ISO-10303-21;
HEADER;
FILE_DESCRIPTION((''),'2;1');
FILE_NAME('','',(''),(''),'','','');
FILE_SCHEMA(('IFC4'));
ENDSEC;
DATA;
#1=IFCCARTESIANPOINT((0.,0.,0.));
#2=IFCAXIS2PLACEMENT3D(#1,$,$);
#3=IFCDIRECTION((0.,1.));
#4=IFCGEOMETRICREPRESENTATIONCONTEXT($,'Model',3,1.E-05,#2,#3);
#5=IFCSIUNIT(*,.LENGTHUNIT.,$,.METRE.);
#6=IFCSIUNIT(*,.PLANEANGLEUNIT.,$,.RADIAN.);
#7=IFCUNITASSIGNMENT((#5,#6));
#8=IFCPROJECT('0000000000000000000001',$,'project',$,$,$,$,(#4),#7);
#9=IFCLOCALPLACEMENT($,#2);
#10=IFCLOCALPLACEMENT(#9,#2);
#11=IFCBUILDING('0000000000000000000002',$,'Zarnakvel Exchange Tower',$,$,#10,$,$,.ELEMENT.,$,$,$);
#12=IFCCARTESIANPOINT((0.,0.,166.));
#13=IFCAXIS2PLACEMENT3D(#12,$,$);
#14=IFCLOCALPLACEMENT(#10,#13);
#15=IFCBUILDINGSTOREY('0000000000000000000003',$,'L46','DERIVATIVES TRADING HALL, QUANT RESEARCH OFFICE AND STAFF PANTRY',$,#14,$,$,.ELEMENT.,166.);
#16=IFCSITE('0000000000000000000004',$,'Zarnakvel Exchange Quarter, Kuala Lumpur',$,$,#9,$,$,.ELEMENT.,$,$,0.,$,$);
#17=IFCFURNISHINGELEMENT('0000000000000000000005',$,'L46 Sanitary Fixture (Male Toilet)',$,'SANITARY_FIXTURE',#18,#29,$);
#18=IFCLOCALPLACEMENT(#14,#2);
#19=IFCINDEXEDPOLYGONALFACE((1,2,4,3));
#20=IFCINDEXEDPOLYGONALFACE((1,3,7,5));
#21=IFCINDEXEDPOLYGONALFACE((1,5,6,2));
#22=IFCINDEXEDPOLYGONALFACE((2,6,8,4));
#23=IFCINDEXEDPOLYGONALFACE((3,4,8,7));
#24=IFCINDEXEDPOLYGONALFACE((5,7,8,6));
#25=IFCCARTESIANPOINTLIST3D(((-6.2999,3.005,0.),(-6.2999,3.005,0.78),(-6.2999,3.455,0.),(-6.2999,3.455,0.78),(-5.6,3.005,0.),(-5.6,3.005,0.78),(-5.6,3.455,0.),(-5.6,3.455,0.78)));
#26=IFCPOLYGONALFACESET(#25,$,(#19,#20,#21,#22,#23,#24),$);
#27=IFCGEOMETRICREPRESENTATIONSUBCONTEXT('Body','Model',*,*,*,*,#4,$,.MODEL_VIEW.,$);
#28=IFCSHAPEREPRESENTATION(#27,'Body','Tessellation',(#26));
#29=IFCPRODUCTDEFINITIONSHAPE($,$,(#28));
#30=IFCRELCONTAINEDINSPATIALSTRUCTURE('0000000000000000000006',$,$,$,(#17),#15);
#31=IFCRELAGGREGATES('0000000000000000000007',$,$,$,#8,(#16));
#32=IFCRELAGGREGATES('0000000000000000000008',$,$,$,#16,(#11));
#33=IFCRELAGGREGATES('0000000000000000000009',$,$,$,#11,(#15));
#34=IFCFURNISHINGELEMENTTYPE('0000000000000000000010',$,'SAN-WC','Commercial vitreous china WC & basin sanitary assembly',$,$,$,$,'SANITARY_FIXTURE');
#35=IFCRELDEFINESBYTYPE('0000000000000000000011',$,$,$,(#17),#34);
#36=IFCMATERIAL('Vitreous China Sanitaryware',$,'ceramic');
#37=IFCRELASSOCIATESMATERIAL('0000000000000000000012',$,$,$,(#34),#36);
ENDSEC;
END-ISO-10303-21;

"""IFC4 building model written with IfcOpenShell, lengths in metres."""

from ifc_helpers import new_model, si_unit, direction, frame, origin, origin_2d, place, context, subcontext, project, spatial, rectangle, extrude, source, transform, mapped, material, type_object, element, save


model = new_model("IFC4")

# Units and contexts
model_context = context("Model", 3, precision=1e-05, world=origin(), true_north=direction((0.0, 1.0)))
body_context = subcontext(model_context, "Body", "Model", "MODEL_VIEW")
ifc_project = project(units=[si_unit("LENGTHUNIT", "METRE"), si_unit("PLANEANGLEUNIT", "RADIAN")], contexts=[model_context])

# Site, building, storey
site_placement = place(None, origin())
site = spatial("IfcSite", under=ifc_project, at=site_placement, Name="Zarnakvel Exchange Quarter, Kuala Lumpur", CompositionType="ELEMENT", RefElevation=0.0)
building_placement = place(site_placement, origin())
building = spatial("IfcBuilding", under=site, at=building_placement, Name="Zarnakvel Exchange Tower", CompositionType="ELEMENT")
storey_placement = place(building_placement, frame((0.0, 0.0, 166.0)))
storey = spatial("IfcBuildingStorey", under=building, at=storey_placement, Name="L46", Description="DERIVATIVES TRADING HALL, QUANT RESEARCH OFFICE AND STAFF PANTRY", CompositionType="ELEMENT", Elevation=166.0)

# Furnishing element
ifc_material_1 = material(Name="Vitreous China Sanitaryware", Category="ceramic")
furnishing_element_type = type_object("IfcFurnishingElementType", Name="SAN-WC", Description="Commercial vitreous china WC & basin sanitary assembly", ElementType="SANITARY_FIXTURE", material=ifc_material_1)
shared_shape_1 = source(origin(), body_context, "Body", "SweptSolid", [
    extrude(rectangle(XDim=0.7, YDim=0.45, at=origin_2d()), origin(), (0.0, 0.0, 1.0), 0.78),
])
furnishing_placement = place(storey_placement, frame((-5.95, 3.23, 0.0), z_axis=(0.0, 0.0, 1.0), x_axis=(1.0, 0.0, 0.0)))
element("IfcFurnishingElement", 1, at=furnishing_placement, inside=storey, type_object=furnishing_element_type, Name="L46 Sanitary Fixture (Male Toilet)", ObjectType="SANITARY_FIXTURE", context=body_context, shape_type="MappedRepresentation", body=[
    mapped(shared_shape_1, transform((0.0, 0.0, 0.0), x_axis=(1.0, 0.0, 0.0), y_axis=(0.0, 1.0, 0.0), z_axis=(0.0, 0.0, 1.0), scale=1.0)),
])

save(model, "model.ifc")
